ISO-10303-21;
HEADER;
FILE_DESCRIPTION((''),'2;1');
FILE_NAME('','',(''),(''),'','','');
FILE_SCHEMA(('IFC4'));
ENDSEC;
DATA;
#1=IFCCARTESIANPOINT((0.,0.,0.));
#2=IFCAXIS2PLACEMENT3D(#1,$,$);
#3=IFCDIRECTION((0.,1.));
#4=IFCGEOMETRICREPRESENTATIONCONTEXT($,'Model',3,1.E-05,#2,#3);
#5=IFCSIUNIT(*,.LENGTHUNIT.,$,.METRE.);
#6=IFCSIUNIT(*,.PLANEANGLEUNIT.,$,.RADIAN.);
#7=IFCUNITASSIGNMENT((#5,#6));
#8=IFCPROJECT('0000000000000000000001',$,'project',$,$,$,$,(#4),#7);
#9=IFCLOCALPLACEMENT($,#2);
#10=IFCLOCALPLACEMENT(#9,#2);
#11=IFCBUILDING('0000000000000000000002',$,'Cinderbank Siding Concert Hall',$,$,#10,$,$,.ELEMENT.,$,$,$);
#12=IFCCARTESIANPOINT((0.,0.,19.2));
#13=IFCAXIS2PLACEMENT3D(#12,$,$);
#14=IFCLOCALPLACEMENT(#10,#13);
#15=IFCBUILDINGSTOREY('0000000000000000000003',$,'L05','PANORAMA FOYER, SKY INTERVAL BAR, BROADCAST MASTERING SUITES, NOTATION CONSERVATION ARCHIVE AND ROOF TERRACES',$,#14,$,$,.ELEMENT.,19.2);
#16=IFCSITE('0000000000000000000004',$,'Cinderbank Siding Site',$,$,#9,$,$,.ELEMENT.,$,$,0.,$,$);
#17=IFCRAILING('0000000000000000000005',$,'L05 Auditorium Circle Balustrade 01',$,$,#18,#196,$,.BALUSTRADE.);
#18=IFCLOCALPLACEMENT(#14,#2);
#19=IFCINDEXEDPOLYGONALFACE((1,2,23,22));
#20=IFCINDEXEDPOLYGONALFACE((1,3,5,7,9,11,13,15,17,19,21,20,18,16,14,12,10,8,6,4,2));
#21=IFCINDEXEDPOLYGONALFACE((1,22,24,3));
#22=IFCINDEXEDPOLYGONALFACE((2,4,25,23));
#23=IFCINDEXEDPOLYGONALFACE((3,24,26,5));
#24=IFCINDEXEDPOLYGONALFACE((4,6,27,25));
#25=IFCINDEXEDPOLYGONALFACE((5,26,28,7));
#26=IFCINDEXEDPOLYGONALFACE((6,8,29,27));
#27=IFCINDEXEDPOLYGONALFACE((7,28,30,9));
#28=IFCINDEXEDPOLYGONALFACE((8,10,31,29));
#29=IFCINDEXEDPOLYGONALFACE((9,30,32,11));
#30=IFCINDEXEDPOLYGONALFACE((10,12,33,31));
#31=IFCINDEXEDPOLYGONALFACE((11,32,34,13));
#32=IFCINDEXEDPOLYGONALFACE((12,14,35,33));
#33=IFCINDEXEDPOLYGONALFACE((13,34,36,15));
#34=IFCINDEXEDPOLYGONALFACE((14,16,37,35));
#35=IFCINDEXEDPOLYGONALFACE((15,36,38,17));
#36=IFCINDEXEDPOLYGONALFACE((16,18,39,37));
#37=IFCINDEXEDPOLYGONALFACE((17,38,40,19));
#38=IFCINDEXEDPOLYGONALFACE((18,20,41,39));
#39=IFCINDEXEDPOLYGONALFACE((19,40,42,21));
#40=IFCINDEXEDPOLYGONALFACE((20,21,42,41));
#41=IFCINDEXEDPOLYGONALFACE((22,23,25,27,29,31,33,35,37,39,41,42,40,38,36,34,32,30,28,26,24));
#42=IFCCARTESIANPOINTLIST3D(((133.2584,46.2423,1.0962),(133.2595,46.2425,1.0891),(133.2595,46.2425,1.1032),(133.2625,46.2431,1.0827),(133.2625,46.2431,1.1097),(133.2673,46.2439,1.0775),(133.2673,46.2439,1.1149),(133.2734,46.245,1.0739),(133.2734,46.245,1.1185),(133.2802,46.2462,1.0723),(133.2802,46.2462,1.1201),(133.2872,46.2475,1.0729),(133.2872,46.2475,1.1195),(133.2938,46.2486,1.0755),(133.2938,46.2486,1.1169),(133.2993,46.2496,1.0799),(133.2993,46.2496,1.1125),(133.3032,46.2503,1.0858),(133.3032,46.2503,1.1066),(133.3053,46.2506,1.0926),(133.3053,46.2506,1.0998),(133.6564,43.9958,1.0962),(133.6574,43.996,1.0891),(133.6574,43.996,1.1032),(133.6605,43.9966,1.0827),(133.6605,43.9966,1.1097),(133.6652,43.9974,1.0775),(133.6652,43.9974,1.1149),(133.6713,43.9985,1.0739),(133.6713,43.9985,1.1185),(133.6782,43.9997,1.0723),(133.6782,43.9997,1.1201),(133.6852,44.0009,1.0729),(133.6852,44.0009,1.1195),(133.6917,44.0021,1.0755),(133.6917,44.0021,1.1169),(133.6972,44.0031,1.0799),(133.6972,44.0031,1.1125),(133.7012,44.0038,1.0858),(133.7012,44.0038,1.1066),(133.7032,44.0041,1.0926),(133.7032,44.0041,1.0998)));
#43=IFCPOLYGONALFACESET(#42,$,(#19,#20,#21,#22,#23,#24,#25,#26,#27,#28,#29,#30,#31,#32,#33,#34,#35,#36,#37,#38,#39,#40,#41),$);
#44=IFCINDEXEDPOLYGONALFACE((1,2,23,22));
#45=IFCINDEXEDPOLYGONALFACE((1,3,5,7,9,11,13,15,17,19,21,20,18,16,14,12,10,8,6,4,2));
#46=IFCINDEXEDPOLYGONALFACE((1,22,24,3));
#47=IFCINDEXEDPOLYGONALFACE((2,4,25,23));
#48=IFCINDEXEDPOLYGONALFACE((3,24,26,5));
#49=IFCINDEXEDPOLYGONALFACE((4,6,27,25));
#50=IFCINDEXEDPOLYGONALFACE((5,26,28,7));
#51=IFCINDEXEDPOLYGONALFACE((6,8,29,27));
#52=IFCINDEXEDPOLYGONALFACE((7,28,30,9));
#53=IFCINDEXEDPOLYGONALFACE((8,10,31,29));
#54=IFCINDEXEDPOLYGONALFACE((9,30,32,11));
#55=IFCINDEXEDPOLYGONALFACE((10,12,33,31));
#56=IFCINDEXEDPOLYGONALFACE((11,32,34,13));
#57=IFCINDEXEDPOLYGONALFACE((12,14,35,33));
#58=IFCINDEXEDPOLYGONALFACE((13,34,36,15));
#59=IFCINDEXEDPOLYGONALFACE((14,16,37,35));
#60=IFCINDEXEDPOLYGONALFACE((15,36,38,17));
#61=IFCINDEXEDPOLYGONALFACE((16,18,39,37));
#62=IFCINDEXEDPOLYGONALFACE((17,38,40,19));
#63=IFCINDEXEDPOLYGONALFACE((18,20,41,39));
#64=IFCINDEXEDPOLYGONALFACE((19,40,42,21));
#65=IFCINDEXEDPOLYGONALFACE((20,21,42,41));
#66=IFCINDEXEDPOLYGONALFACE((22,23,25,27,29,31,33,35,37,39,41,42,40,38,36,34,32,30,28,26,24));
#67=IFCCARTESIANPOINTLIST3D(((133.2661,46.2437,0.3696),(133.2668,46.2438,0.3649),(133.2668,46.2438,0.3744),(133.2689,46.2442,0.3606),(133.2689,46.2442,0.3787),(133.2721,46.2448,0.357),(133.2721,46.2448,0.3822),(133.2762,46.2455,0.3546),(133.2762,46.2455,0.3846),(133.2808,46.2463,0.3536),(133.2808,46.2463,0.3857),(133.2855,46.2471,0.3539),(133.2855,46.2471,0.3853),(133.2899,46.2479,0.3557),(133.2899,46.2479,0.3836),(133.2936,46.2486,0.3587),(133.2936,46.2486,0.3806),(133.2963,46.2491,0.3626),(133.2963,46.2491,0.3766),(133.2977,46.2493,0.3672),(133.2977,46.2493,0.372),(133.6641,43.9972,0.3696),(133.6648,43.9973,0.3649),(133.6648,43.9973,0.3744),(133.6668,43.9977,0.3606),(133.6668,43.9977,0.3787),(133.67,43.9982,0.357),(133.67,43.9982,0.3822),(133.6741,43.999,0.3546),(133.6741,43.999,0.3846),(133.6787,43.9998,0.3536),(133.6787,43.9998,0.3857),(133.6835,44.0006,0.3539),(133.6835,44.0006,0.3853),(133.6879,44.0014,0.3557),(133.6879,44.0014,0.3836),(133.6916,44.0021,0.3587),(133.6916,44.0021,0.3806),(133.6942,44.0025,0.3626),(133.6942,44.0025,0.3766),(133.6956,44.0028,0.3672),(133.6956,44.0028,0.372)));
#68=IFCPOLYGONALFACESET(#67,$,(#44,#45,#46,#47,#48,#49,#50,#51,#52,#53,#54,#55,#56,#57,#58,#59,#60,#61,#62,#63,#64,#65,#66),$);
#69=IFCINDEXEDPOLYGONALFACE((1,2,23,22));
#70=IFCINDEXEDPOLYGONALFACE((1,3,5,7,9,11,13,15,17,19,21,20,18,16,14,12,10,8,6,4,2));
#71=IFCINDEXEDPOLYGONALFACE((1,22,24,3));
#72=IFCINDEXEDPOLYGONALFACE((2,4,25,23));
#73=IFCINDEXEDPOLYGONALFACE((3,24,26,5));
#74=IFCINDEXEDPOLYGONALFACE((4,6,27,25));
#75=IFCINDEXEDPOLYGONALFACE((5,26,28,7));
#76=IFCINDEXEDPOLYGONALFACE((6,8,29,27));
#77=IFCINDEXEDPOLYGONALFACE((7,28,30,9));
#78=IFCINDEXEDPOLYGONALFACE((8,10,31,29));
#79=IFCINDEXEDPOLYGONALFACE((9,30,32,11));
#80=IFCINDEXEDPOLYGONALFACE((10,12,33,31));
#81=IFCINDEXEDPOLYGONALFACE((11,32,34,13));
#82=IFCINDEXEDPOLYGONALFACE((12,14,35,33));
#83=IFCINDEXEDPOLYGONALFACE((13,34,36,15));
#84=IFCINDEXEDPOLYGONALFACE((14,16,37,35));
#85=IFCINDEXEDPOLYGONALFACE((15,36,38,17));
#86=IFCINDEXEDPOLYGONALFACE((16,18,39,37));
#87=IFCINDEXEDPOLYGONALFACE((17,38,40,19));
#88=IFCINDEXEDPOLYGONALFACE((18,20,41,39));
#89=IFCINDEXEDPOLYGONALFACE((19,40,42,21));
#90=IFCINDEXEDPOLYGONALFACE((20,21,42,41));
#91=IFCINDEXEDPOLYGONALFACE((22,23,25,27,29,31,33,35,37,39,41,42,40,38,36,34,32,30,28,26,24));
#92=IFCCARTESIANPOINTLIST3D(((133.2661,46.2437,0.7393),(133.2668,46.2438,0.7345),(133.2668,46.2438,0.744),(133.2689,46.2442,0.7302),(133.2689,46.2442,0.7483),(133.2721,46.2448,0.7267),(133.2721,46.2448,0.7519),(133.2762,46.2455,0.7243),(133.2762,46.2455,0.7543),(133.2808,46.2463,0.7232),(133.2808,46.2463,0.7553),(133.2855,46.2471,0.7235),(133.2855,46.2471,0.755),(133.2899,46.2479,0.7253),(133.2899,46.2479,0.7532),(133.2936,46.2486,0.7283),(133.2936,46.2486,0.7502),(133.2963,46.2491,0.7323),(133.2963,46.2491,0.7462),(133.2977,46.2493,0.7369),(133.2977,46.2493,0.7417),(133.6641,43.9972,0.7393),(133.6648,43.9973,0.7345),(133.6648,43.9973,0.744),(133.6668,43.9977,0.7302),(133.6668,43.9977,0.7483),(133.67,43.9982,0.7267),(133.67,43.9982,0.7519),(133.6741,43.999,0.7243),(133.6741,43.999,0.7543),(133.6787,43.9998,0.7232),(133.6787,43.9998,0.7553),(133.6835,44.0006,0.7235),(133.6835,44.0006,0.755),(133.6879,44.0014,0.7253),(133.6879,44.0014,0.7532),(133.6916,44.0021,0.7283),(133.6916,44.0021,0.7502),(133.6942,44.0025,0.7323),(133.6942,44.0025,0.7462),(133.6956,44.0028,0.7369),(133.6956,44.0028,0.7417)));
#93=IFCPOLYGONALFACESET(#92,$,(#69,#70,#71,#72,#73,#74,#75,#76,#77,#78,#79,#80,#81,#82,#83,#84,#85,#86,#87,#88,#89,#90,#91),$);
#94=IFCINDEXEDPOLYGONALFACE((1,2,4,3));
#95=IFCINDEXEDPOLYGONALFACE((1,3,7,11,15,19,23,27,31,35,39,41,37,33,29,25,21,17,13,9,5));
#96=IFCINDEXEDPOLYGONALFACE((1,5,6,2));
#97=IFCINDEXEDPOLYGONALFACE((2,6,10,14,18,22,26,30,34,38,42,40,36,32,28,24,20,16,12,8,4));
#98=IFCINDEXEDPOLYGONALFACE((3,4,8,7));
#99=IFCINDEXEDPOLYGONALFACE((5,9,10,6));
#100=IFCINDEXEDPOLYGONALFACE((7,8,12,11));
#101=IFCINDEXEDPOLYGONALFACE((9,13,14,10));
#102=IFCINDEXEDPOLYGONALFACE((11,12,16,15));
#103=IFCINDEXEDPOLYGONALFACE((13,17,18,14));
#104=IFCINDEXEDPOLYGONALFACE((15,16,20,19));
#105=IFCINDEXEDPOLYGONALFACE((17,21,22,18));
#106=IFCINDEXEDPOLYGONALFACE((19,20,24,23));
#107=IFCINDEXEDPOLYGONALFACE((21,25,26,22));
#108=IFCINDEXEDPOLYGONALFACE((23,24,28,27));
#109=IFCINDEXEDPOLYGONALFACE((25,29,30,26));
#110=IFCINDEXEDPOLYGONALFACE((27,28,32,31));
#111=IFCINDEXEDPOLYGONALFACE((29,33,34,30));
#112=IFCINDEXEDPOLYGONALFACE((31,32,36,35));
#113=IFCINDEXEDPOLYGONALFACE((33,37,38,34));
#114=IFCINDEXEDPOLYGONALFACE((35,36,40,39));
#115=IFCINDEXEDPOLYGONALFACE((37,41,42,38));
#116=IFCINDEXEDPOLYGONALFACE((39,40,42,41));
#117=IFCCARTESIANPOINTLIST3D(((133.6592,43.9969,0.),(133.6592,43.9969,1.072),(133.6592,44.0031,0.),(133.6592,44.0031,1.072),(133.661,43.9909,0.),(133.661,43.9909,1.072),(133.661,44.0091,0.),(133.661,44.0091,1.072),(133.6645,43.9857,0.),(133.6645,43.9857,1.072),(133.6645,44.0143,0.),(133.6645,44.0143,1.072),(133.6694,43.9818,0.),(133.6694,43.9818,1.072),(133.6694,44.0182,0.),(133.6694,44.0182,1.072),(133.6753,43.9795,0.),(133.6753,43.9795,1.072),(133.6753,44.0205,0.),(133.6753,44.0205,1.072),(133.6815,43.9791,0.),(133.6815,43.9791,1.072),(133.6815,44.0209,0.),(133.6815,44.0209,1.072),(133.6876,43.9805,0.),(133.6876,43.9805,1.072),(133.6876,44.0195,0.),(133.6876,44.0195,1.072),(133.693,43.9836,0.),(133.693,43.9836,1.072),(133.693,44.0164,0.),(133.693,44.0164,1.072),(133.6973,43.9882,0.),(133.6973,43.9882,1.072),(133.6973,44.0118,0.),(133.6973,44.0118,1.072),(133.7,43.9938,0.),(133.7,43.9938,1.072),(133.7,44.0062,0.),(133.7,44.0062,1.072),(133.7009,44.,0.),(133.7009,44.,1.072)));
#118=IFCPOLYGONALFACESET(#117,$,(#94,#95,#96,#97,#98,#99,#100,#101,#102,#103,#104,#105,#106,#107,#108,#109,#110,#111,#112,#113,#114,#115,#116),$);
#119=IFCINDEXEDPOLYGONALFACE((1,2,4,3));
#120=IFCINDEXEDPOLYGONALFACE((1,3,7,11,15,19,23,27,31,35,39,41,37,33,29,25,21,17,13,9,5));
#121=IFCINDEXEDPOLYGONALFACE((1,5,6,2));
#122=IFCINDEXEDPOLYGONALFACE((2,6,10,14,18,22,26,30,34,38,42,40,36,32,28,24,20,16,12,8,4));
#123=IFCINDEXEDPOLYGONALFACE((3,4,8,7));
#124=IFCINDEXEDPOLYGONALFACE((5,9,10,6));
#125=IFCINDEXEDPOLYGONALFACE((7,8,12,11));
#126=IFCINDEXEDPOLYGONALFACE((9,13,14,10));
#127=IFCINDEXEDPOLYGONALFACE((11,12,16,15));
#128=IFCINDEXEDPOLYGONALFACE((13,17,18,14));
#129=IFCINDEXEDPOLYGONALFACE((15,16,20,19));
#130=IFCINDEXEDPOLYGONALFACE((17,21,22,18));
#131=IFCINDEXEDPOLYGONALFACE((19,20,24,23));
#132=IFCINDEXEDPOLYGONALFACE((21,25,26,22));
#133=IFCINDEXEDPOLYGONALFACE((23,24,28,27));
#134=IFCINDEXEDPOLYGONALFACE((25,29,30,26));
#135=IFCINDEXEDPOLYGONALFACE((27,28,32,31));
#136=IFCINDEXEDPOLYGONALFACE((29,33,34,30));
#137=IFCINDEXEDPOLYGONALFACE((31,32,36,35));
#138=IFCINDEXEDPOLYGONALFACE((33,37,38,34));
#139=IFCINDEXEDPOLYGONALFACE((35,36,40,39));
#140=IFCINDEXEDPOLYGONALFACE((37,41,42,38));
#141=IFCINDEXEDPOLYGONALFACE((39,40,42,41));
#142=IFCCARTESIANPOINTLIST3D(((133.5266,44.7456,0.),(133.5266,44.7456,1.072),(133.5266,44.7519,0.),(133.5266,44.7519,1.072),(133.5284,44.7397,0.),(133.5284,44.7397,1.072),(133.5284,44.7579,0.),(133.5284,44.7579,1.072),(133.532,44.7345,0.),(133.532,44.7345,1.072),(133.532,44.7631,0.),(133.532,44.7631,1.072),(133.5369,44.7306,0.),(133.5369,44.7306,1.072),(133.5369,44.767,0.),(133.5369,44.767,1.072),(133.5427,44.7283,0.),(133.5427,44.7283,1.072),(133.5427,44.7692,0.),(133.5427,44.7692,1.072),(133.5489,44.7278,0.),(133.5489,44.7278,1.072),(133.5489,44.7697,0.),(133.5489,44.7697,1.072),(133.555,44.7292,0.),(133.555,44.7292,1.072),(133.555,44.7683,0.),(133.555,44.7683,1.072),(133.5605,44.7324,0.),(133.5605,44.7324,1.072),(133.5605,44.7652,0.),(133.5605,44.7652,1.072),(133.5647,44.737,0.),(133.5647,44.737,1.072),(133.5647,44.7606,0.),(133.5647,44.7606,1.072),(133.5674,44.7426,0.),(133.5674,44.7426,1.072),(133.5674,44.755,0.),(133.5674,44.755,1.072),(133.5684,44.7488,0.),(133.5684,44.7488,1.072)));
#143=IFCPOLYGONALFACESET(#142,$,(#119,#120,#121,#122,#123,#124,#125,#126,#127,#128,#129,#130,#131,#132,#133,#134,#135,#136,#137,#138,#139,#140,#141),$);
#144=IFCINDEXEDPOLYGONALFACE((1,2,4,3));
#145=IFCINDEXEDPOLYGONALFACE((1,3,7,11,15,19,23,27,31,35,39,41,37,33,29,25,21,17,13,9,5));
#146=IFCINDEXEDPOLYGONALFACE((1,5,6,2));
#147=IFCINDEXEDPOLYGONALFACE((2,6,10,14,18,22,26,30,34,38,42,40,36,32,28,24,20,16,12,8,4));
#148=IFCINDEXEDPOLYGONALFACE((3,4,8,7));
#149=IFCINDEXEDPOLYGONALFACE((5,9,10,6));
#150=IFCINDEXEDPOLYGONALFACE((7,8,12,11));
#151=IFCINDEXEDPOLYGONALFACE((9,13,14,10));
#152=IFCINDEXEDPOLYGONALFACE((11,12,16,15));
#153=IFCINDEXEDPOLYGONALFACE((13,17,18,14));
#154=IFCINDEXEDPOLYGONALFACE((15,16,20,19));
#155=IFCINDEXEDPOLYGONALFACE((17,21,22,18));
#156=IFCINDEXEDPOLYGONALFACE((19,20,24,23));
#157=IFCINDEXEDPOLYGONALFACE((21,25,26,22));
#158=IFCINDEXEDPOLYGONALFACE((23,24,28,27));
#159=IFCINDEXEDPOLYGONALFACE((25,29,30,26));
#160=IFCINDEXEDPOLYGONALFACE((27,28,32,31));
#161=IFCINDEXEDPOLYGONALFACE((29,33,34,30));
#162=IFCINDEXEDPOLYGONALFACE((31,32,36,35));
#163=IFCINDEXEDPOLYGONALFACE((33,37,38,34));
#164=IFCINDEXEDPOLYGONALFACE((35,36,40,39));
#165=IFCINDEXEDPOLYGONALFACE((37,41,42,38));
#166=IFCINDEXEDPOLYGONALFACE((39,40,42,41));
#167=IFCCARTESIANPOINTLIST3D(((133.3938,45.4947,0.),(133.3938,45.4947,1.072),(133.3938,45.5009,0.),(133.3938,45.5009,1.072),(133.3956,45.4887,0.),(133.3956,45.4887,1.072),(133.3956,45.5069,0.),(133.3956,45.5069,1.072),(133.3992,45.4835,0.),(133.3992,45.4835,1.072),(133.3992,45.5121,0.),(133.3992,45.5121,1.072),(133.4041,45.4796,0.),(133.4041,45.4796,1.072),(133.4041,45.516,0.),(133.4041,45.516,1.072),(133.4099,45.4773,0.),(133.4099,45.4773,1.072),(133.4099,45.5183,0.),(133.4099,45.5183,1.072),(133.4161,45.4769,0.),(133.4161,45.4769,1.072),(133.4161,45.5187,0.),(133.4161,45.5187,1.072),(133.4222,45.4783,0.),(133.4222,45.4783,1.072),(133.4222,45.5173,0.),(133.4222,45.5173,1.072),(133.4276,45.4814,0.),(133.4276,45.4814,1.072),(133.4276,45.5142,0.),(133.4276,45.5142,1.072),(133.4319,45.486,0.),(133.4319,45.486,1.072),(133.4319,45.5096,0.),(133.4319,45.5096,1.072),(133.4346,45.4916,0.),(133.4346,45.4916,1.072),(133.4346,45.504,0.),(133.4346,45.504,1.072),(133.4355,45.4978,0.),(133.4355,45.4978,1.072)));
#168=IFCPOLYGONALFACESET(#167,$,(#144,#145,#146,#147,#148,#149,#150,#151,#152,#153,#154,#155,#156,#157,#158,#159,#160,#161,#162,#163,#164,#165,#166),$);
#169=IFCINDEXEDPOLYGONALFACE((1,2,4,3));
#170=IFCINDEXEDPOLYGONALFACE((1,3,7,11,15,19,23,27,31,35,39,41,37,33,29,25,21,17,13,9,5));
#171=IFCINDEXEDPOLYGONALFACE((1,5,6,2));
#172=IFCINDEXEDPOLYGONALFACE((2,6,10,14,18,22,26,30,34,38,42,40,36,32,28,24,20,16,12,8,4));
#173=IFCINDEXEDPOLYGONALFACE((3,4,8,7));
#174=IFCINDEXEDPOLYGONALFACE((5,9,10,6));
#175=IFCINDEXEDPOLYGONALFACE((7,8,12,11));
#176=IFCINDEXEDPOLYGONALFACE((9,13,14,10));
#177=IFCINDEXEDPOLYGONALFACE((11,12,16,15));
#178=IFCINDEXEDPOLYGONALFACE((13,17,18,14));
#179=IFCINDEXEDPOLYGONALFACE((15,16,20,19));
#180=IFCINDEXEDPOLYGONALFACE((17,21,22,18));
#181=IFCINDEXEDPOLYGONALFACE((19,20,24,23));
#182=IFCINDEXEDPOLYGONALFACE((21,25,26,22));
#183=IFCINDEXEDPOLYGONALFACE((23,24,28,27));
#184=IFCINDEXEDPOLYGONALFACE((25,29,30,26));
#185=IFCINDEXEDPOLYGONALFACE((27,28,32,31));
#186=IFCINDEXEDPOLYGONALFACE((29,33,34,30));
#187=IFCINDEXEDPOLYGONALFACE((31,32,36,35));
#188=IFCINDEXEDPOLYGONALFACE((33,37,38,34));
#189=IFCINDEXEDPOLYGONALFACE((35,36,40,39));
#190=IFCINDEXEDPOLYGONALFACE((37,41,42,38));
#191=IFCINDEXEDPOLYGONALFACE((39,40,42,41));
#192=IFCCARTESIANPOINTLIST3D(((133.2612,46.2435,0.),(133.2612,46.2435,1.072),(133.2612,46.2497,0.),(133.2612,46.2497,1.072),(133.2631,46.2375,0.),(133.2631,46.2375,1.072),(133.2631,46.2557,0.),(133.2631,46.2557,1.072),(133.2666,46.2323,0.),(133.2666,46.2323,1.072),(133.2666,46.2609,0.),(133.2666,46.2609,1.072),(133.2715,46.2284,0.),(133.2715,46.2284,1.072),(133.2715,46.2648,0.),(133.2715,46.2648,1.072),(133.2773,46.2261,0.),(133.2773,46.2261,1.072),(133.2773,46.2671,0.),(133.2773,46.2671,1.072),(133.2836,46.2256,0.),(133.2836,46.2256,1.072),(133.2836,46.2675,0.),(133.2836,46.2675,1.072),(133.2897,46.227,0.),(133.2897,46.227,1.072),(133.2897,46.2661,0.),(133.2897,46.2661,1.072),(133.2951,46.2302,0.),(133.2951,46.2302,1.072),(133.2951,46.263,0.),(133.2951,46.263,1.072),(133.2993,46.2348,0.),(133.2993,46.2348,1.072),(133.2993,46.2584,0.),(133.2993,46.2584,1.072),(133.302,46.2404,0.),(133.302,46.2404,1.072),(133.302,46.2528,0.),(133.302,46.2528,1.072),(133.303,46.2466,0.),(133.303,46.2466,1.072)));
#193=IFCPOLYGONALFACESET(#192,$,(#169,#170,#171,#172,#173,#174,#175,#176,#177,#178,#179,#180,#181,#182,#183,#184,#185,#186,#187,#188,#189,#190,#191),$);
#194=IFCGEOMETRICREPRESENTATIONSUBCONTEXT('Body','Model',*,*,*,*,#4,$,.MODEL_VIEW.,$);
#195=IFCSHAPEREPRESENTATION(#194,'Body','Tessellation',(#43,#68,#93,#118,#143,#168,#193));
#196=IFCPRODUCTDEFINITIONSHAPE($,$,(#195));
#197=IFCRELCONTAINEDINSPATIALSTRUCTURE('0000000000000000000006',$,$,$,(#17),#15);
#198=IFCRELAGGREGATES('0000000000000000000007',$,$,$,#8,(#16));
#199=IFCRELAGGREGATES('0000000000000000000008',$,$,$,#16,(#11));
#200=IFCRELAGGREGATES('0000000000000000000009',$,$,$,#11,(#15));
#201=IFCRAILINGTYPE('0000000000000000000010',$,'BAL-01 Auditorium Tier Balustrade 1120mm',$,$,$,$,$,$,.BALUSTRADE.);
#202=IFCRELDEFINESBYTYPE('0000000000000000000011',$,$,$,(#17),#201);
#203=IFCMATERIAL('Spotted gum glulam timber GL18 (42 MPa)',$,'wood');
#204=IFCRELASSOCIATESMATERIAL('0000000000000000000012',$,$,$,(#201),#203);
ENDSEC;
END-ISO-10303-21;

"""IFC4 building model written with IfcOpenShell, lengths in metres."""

from ifc_helpers import new_model, si_unit, direction, frame, origin, origin_2d, place, context, subcontext, project, spatial, circle, extrude, material, type_object, element, save


model = new_model("IFC4")

# Units and contexts
model_context = context("Model", 3, precision=1e-05, world=origin(), true_north=direction((0.0, 1.0)))
body_context = subcontext(model_context, "Body", "Model", "MODEL_VIEW")
ifc_project = project(units=[si_unit("LENGTHUNIT", "METRE"), si_unit("PLANEANGLEUNIT", "RADIAN")], contexts=[model_context])

# Site, building, storey
site_placement = place(None, origin())
site = spatial("IfcSite", under=ifc_project, at=site_placement, Name="Cinderbank Siding Site", CompositionType="ELEMENT", RefElevation=0.0)
building_placement = place(site_placement, origin())
building = spatial("IfcBuilding", under=site, at=building_placement, Name="Cinderbank Siding Concert Hall", CompositionType="ELEMENT")
storey_placement = place(building_placement, frame((0.0, 0.0, 19.2)))
storey = spatial("IfcBuildingStorey", under=building, at=storey_placement, Name="L05", Description="PANORAMA FOYER, SKY INTERVAL BAR, BROADCAST MASTERING SUITES, NOTATION CONSERVATION ARCHIVE AND ROOF TERRACES", CompositionType="ELEMENT", Elevation=19.2)

# Railing
ifc_material_1 = material(Name="Spotted gum glulam timber GL18 (42 MPa)", Category="wood")
railing_type = type_object("IfcRailingType", Name="BAL-01 Auditorium Tier Balustrade 1120mm", PredefinedType="BALUSTRADE", material=ifc_material_1)
railing_1_placement = place(storey_placement, frame((133.6799, 44.0, 0.0)))
element("IfcRailing", 1, at=railing_1_placement, inside=storey, type_object=railing_type, Name="L05 Auditorium Circle Balustrade 01", PredefinedType="BALUSTRADE", context=body_context, shape_type="SweptSolid", body=[
    extrude(circle(Radius=0.0239, at=origin_2d()), frame((0.0, 0.0, 1.0962), z_axis=(-0.17442, 0.984671, 0.0), x_axis=(-0.984671, -0.17442, 0.0)), (0.0, 0.0, 1.0), 2.2815),
    extrude(circle(Radius=0.0161, at=origin_2d()), frame((0.0, 0.0, 0.3696), z_axis=(-0.17442, 0.984671, 0.0), x_axis=(-0.984671, -0.17442, 0.0)), (0.0, 0.0, 1.0), 2.2815),
    extrude(circle(Radius=0.0161, at=origin_2d()), frame((0.0, 0.0, 0.7393), z_axis=(-0.17442, 0.984671, 0.0), x_axis=(-0.984671, -0.17442, 0.0)), (0.0, 0.0, 1.0), 2.2815),
    extrude(circle(Radius=0.021, at=origin_2d()), origin(), (0.0, 0.0, 1.0), 1.072),
    extrude(circle(Radius=0.021, at=origin_2d()), frame((-0.1326, 0.7488, 0.0)), (0.0, 0.0, 1.0), 1.072),
    extrude(circle(Radius=0.021, at=origin_2d()), frame((-0.2654, 1.4978, 0.0)), (0.0, 0.0, 1.0), 1.072),
    extrude(circle(Radius=0.021, at=origin_2d()), frame((-0.3979, 2.2466, 0.0)), (0.0, 0.0, 1.0), 1.072),
])

save(model, "model.ifc")
